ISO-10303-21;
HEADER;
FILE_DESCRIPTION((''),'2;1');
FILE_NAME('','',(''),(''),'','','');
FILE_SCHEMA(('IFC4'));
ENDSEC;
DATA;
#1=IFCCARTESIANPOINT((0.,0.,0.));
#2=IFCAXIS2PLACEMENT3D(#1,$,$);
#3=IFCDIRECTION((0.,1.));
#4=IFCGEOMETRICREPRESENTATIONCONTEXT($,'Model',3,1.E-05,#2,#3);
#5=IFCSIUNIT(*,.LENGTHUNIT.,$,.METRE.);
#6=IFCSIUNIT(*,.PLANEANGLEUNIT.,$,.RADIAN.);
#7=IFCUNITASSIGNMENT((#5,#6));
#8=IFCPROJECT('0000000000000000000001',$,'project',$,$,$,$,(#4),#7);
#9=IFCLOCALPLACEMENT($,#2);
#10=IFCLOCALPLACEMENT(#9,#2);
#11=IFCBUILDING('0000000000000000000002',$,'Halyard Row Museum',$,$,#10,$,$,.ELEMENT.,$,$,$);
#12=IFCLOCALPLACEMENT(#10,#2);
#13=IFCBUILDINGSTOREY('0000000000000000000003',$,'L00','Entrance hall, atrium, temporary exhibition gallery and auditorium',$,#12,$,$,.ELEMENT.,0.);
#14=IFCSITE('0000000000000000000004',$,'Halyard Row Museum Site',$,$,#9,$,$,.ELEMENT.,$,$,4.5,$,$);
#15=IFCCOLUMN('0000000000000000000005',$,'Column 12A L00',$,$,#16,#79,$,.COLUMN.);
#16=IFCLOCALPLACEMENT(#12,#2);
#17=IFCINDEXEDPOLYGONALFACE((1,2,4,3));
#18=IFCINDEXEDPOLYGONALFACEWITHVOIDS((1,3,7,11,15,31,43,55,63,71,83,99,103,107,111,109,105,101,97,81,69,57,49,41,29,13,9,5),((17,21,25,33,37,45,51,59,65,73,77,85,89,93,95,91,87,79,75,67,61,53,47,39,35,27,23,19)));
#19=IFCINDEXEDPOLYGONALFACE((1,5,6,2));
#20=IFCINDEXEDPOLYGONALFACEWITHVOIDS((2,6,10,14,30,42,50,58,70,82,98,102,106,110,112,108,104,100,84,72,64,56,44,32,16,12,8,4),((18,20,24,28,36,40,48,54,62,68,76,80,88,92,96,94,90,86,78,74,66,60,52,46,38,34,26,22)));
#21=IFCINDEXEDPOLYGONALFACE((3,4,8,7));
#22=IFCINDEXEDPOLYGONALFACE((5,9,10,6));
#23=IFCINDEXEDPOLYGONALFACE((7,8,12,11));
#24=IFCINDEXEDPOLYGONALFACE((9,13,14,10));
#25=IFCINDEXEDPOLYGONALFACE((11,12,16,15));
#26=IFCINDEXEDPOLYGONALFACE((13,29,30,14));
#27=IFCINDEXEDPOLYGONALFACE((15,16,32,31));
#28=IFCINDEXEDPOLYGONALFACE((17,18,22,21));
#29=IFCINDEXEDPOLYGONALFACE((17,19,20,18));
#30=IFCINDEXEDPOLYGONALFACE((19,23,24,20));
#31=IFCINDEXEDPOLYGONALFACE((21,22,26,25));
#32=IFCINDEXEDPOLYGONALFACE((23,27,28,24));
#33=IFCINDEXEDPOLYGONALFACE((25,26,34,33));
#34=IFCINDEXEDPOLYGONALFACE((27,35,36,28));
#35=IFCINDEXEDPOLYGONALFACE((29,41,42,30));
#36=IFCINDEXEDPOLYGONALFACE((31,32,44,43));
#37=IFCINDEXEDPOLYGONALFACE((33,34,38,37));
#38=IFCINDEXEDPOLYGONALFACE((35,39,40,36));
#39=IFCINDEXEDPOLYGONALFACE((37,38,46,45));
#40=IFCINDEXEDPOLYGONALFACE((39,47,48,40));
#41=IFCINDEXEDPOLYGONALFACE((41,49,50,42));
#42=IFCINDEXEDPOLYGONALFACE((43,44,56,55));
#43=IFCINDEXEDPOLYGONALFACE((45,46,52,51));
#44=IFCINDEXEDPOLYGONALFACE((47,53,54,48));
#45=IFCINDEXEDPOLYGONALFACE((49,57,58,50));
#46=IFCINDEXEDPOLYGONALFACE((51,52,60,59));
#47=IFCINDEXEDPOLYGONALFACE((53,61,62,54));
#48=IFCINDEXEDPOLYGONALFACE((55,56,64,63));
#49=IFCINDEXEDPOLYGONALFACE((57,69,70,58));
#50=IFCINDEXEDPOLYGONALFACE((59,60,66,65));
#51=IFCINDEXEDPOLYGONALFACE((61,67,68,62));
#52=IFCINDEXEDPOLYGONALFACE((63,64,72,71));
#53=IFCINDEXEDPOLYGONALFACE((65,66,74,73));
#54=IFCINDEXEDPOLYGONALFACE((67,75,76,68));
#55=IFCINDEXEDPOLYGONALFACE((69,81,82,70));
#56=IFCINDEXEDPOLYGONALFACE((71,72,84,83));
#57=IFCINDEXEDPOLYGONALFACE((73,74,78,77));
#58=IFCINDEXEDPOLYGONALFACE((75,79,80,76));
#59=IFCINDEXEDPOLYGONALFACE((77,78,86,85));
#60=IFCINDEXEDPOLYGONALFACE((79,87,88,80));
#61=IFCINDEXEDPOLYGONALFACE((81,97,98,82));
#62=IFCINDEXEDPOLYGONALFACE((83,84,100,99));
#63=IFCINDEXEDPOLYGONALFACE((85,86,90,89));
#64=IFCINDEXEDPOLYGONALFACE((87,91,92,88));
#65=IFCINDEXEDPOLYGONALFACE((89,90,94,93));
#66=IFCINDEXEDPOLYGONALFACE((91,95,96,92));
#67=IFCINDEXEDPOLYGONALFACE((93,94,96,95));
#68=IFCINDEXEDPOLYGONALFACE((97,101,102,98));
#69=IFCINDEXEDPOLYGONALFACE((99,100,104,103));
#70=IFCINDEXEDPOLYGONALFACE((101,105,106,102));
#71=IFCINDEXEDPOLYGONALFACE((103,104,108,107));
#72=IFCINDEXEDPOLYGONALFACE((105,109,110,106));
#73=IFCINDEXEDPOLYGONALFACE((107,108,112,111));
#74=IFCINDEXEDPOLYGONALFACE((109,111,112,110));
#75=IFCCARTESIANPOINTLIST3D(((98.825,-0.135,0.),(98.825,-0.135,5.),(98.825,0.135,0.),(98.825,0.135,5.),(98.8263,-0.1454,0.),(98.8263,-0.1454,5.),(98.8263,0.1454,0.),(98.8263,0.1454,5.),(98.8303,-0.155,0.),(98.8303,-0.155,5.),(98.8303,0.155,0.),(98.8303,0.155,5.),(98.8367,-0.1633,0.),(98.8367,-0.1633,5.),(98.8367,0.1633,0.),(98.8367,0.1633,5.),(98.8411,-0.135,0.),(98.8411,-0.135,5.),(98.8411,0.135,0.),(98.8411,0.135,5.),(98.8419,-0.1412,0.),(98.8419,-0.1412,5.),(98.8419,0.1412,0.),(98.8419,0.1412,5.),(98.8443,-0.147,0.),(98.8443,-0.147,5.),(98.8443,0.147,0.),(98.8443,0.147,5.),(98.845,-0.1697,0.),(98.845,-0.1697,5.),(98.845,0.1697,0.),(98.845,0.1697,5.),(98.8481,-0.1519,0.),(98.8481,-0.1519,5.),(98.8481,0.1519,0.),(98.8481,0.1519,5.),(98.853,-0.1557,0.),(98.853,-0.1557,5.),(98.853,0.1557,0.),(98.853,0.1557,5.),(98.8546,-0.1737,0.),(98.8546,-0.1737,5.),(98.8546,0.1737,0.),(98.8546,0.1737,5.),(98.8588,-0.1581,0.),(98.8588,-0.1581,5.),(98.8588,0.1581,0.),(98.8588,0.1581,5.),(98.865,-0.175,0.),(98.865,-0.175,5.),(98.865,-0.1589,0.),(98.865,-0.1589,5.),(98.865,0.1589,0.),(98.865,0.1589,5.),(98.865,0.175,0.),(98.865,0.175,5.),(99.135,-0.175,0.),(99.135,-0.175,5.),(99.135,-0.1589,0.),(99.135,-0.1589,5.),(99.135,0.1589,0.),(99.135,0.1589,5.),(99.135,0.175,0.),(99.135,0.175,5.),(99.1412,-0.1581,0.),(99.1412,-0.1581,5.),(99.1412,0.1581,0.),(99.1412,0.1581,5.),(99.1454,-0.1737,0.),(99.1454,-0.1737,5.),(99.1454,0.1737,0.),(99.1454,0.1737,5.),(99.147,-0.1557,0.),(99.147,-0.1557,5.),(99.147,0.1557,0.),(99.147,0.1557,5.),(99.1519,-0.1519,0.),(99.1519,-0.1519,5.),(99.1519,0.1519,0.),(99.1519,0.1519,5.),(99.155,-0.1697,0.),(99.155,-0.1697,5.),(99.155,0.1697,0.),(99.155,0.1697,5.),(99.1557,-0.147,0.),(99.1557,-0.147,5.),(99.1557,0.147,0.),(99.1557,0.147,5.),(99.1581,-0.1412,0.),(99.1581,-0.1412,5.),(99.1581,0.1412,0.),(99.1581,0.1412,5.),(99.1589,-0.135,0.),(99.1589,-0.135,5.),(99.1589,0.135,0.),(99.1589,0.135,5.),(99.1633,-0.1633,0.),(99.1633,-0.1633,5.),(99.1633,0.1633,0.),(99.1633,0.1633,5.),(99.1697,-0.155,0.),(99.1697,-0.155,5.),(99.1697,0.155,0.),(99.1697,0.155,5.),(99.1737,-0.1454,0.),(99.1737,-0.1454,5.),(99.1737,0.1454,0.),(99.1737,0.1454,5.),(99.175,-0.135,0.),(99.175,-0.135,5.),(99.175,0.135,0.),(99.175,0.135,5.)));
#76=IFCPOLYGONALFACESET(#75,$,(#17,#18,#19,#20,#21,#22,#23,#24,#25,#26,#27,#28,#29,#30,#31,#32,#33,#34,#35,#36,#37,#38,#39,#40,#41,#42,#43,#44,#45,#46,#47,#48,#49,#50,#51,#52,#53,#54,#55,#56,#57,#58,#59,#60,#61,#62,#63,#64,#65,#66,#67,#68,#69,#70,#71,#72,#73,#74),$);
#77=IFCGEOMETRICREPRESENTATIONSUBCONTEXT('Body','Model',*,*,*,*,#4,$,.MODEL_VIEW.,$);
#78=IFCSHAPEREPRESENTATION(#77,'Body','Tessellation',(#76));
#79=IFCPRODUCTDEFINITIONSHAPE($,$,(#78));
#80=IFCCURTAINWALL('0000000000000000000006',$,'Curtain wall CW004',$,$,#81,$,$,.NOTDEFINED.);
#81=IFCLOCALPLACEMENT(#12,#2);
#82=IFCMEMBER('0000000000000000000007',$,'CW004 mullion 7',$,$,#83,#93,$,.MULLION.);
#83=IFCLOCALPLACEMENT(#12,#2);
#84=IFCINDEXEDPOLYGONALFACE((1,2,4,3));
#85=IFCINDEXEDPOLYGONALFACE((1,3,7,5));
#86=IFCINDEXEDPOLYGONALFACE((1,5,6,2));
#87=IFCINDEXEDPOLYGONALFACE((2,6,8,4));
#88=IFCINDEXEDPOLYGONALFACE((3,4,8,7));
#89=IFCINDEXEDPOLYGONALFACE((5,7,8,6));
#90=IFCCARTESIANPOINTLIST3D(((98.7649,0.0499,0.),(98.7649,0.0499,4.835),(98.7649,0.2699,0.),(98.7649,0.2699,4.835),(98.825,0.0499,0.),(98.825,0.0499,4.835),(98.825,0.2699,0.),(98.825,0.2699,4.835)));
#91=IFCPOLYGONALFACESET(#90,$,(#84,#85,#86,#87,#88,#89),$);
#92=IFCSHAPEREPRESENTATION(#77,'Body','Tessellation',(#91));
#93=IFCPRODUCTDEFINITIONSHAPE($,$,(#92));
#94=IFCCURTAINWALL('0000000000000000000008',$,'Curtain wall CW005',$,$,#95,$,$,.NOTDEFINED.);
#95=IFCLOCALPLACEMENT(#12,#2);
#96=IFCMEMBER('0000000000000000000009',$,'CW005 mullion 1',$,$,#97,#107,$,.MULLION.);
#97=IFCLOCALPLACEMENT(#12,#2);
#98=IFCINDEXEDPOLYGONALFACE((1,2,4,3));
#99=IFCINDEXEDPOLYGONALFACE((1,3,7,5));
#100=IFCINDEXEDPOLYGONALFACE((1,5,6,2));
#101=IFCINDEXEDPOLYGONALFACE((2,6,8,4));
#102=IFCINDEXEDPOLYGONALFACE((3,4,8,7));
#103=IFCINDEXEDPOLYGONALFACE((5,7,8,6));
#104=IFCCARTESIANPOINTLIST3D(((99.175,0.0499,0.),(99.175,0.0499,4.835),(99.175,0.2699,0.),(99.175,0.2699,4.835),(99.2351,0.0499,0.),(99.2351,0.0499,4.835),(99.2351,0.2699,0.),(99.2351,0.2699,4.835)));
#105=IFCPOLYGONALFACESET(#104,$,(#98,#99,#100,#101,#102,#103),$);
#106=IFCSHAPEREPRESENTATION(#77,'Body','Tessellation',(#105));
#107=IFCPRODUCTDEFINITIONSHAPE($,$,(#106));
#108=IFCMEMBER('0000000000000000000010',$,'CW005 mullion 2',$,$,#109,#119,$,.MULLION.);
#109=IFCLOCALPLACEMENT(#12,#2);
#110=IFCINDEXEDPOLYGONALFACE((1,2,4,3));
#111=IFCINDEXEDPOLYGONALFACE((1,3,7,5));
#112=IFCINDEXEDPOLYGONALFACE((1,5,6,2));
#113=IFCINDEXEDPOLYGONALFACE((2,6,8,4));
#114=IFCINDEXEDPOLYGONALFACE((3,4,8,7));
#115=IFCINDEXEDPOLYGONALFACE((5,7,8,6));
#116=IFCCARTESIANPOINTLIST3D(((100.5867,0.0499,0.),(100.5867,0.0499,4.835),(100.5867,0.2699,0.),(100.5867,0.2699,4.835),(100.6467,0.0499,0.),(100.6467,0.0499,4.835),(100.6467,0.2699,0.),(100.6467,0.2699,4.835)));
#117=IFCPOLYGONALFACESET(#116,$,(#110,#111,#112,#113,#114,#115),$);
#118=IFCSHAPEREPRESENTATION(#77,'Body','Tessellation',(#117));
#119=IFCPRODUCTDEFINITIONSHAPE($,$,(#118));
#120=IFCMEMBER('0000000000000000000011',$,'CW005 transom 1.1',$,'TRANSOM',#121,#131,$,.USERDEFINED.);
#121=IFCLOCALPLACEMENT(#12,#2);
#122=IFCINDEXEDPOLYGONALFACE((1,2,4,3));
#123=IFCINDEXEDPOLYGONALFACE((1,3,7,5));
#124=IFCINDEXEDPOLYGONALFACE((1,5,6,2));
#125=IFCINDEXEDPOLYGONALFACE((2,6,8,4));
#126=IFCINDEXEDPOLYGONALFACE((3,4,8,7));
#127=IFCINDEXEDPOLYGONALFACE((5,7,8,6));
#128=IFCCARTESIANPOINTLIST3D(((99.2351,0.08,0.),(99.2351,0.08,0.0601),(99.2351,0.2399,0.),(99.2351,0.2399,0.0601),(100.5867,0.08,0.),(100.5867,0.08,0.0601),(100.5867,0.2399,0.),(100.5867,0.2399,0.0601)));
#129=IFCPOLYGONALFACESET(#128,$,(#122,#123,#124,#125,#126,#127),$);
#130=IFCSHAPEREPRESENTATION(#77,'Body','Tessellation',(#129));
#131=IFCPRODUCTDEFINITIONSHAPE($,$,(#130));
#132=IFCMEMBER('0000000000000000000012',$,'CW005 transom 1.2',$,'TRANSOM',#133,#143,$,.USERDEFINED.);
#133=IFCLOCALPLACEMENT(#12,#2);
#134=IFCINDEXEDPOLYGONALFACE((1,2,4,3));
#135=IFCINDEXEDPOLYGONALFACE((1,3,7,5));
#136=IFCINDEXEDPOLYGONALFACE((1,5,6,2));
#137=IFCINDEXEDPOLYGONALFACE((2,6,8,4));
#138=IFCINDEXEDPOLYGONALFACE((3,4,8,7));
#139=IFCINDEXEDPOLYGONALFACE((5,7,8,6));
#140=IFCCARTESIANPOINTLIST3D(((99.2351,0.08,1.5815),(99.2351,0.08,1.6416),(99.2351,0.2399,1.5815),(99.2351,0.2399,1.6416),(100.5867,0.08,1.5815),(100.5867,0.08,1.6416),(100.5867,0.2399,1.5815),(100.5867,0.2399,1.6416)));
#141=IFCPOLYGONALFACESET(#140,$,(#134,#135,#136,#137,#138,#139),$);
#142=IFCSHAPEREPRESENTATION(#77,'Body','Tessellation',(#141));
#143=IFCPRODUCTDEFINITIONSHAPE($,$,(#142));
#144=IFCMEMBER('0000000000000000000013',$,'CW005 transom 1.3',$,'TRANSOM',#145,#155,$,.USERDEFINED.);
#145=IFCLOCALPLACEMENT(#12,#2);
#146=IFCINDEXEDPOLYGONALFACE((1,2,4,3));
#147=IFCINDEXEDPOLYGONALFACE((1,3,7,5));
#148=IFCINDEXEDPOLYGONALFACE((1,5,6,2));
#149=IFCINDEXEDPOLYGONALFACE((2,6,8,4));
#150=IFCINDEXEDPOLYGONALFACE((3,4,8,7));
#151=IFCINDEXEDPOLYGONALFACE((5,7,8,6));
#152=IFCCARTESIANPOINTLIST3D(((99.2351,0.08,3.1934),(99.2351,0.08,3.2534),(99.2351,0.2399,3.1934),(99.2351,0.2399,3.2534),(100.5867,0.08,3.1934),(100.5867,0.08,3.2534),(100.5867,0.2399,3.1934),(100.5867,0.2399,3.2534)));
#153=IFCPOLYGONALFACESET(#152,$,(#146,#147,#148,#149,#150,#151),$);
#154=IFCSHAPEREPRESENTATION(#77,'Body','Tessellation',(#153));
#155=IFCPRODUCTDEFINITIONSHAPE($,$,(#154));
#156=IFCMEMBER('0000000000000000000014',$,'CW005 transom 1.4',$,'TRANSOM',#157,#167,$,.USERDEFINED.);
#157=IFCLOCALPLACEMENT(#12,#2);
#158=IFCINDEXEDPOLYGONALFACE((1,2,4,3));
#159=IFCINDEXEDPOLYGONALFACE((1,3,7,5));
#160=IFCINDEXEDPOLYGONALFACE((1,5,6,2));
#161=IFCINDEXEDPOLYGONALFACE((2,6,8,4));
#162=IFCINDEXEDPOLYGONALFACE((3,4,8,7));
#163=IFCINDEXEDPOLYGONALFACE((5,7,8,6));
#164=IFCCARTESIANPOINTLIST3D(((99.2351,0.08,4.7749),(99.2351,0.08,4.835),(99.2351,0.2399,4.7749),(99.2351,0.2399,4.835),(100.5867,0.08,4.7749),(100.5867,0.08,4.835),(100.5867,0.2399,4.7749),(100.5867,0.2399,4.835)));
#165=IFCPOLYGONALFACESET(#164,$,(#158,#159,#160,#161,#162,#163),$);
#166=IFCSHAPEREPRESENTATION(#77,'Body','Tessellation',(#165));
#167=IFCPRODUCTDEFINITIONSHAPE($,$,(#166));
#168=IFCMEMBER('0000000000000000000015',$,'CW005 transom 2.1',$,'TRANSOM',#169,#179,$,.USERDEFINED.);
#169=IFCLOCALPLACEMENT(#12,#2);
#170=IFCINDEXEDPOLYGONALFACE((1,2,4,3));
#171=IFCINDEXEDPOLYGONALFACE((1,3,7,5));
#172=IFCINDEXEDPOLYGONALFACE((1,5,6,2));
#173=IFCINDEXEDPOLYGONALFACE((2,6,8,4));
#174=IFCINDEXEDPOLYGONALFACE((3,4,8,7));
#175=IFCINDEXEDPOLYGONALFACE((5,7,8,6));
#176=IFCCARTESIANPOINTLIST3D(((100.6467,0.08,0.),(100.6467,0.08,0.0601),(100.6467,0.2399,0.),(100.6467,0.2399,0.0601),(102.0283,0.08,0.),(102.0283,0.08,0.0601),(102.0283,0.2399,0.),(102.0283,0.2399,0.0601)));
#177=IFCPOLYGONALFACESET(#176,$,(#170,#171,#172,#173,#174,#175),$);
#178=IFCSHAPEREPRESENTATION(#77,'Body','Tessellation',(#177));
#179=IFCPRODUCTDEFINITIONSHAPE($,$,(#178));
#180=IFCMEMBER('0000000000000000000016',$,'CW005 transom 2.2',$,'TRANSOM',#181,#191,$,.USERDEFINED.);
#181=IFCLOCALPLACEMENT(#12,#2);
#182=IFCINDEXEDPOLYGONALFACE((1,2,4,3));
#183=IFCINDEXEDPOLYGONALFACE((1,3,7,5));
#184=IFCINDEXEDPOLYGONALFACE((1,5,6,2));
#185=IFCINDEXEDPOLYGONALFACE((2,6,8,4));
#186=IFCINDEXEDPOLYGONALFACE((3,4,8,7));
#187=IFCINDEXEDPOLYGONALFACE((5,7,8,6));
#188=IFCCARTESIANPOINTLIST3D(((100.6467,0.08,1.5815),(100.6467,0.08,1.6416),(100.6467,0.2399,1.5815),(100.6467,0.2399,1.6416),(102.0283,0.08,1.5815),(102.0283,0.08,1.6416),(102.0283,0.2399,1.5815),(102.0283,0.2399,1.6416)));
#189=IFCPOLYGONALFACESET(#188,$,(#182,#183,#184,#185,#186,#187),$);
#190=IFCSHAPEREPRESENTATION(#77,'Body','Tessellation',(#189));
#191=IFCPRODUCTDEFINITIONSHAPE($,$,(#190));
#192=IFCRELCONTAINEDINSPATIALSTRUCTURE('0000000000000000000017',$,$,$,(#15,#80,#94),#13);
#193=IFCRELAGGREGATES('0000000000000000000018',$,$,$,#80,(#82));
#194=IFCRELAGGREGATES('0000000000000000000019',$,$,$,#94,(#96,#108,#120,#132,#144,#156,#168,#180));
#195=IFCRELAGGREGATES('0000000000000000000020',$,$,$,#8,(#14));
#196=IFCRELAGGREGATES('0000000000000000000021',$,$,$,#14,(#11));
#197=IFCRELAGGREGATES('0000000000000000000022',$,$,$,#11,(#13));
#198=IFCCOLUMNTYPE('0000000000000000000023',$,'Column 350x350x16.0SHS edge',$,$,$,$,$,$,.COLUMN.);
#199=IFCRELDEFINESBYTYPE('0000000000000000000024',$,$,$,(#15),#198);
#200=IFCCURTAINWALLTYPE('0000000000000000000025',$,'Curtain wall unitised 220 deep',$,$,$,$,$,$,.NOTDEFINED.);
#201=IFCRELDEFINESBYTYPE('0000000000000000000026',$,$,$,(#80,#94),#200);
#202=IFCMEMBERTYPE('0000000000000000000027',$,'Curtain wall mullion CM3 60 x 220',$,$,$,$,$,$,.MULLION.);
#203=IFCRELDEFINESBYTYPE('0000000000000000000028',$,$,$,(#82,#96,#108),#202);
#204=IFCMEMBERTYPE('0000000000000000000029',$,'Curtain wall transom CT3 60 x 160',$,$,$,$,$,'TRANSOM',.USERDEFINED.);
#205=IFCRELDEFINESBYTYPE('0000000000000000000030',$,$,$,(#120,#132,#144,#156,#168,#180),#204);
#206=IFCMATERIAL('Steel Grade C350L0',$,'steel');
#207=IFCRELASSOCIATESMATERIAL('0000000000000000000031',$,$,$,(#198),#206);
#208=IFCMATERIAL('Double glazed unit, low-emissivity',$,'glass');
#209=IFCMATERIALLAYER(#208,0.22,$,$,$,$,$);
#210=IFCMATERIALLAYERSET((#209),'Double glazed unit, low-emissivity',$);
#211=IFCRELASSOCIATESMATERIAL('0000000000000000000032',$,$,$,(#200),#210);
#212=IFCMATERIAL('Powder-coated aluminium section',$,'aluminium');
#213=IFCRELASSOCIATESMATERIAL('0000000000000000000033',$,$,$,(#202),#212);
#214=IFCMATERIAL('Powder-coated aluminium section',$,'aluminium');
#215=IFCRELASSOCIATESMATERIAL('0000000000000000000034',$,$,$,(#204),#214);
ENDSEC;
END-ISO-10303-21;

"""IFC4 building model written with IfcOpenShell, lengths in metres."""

from ifc_helpers import new_model, si_unit, direction, frame, origin, origin_2d, place, context, subcontext, project, spatial, rectangle, hollow_rectangle, extrude, material, layer, layer_set, material_profile, profile_set, type_object, element, aggregate, save


model = new_model("IFC4")

# Units and contexts
model_context = context("Model", 3, precision=1e-05, world=origin(), true_north=direction((0.0, 1.0)))
body_context = subcontext(model_context, "Body", "Model", "MODEL_VIEW")
ifc_project = project(units=[si_unit("LENGTHUNIT", "METRE"), si_unit("PLANEANGLEUNIT", "RADIAN")], contexts=[model_context])

# Site, building, storey
site_placement = place(None, origin())
site = spatial("IfcSite", under=ifc_project, at=site_placement, Name="Halyard Row Museum Site", CompositionType="ELEMENT", RefElevation=4.5)
building_placement = place(site_placement, origin())
building = spatial("IfcBuilding", under=site, at=building_placement, Name="Halyard Row Museum", CompositionType="ELEMENT")
storey_placement = place(building_placement, origin())
storey = spatial("IfcBuildingStorey", under=building, at=storey_placement, Name="L00", Description="Entrance hall, atrium, temporary exhibition gallery and auditorium", CompositionType="ELEMENT", Elevation=0.0)

# Column
ifc_material_1 = material(Name="Steel Grade C350L0", Category="steel")
ifc_material_profile_1 = material_profile(ifc_material_1, hollow_rectangle(XDim=0.3501, YDim=0.3501, WallThickness=0.0161, InnerFilletRadius=0.0239, OuterFilletRadius=0.04, at=origin_2d()), Name="350x350x16.0SHS")
ifc_profile_set_1 = profile_set([ifc_material_profile_1], Name="Steel Grade C350L0")
column_type = type_object("IfcColumnType", Name="Column 350x350x16.0SHS edge", PredefinedType="COLUMN", material=ifc_profile_set_1)
column_placement = place(storey_placement, frame((99.0, 0.0, 0.0), z_axis=(0.0, 0.0, 1.0), x_axis=(1.0, 0.0, 0.0)))
element("IfcColumn", 1, at=column_placement, inside=storey, type_object=column_type, Name="Column 12A L00", PredefinedType="COLUMN", context=body_context, shape_type="SweptSolid", body=[
    extrude(hollow_rectangle(XDim=0.3501, YDim=0.3501, WallThickness=0.0161, InnerFilletRadius=0.0239, OuterFilletRadius=0.04, at=origin_2d()), origin(), (0.0, 0.0, 1.0), 5.0),
])

# Curtain wall, member
ifc_material_2 = material(Name="Double glazed unit, low-emissivity", Category="glass")
ifc_layer_1 = layer(ifc_material_2, 0.22)
ifc_layer_set_1 = layer_set([ifc_layer_1], Name="Double glazed unit, low-emissivity")
curtain_wall_type = type_object("IfcCurtainWallType", Name="Curtain wall unitised 220 deep", PredefinedType="NOTDEFINED", material=ifc_layer_set_1)
curtain_wall_1_placement = place(storey_placement, origin())
curtain_wall_1 = element("IfcCurtainWall", 2, at=curtain_wall_1_placement, inside=storey, type_object=curtain_wall_type, Name="Curtain wall CW004", PredefinedType="NOTDEFINED")
ifc_material_3 = material(Name="Powder-coated aluminium section", Category="aluminium")
ifc_material_profile_2 = material_profile(ifc_material_3, rectangle(XDim=0.22, YDim=0.0601, at=origin_2d()), Name="220x60 mullion")
ifc_profile_set_2 = profile_set([ifc_material_profile_2], Name="Powder-coated aluminium section")
member_type_1 = type_object("IfcMemberType", Name="Curtain wall mullion CM3 60 x 220", PredefinedType="MULLION", material=ifc_profile_set_2)
member_1_placement = place(storey_placement, frame((98.7949, 0.1599, 0.0), z_axis=(0.0, 0.0, 1.0), x_axis=(0.0, 1.0, 0.0)))
member_1 = element("IfcMember", 3, at=member_1_placement, type_object=member_type_1, Name="CW004 mullion 7", PredefinedType="MULLION", context=body_context, shape_type="SweptSolid", body=[
    extrude(rectangle(XDim=0.22, YDim=0.0601, at=origin_2d()), origin(), (0.0, 0.0, 1.0), 4.835),
])

# Curtain wall, members
curtain_wall_2_placement = place(storey_placement, origin())
curtain_wall_2 = element("IfcCurtainWall", 4, at=curtain_wall_2_placement, inside=storey, type_object=curtain_wall_type, Name="Curtain wall CW005", PredefinedType="NOTDEFINED")
member_2_placement = place(storey_placement, frame((99.2051, 0.1599, 0.0), z_axis=(0.0, 0.0, 1.0), x_axis=(0.0, 1.0, 0.0)))
member_2 = element("IfcMember", 5, at=member_2_placement, type_object=member_type_1, Name="CW005 mullion 1", PredefinedType="MULLION", context=body_context, shape_type="SweptSolid", body=[
    extrude(rectangle(XDim=0.22, YDim=0.0601, at=origin_2d()), origin(), (0.0, 0.0, 1.0), 4.835),
])
member_3_placement = place(storey_placement, frame((100.6167, 0.1599, 0.0), z_axis=(0.0, 0.0, 1.0), x_axis=(0.0, 1.0, 0.0)))
member_3 = element("IfcMember", 6, at=member_3_placement, type_object=member_type_1, Name="CW005 mullion 2", PredefinedType="MULLION", context=body_context, shape_type="SweptSolid", body=[
    extrude(rectangle(XDim=0.22, YDim=0.0601, at=origin_2d()), origin(), (0.0, 0.0, 1.0), 4.835),
])
ifc_material_4 = material(Name="Powder-coated aluminium section", Category="aluminium")
ifc_material_profile_3 = material_profile(ifc_material_4, rectangle(XDim=0.1599, YDim=0.0601, at=origin_2d()), Name="160x60 transom")
ifc_profile_set_3 = profile_set([ifc_material_profile_3], Name="Powder-coated aluminium section")
member_type_2 = type_object("IfcMemberType", Name="Curtain wall transom CT3 60 x 160", ElementType="TRANSOM", PredefinedType="USERDEFINED", material=ifc_profile_set_3)
member_4_placement = place(storey_placement, frame((99.2351, 0.1599, 0.03), z_axis=(1.0, 0.0, 0.0), x_axis=(0.0, 1.0, 0.0)))
member_4 = element("IfcMember", 7, at=member_4_placement, type_object=member_type_2, Name="CW005 transom 1.1", ObjectType="TRANSOM", PredefinedType="USERDEFINED", context=body_context, shape_type="SweptSolid", body=[
    extrude(rectangle(XDim=0.1599, YDim=0.0601, at=origin_2d()), origin(), (0.0, 0.0, 1.0), 1.3516),
])
member_5_placement = place(storey_placement, frame((99.2351, 0.1599, 1.6116), z_axis=(1.0, 0.0, 0.0), x_axis=(0.0, 1.0, 0.0)))
member_5 = element("IfcMember", 8, at=member_5_placement, type_object=member_type_2, Name="CW005 transom 1.2", ObjectType="TRANSOM", PredefinedType="USERDEFINED", context=body_context, shape_type="SweptSolid", body=[
    extrude(rectangle(XDim=0.1599, YDim=0.0601, at=origin_2d()), origin(), (0.0, 0.0, 1.0), 1.3516),
])
member_6_placement = place(storey_placement, frame((99.2351, 0.1599, 3.2234), z_axis=(1.0, 0.0, 0.0), x_axis=(0.0, 1.0, 0.0)))
member_6 = element("IfcMember", 9, at=member_6_placement, type_object=member_type_2, Name="CW005 transom 1.3", ObjectType="TRANSOM", PredefinedType="USERDEFINED", context=body_context, shape_type="SweptSolid", body=[
    extrude(rectangle(XDim=0.1599, YDim=0.0601, at=origin_2d()), origin(), (0.0, 0.0, 1.0), 1.3516),
])
member_7_placement = place(storey_placement, frame((99.2351, 0.1599, 4.8049), z_axis=(1.0, 0.0, 0.0), x_axis=(0.0, 1.0, 0.0)))
member_7 = element("IfcMember", 10, at=member_7_placement, type_object=member_type_2, Name="CW005 transom 1.4", ObjectType="TRANSOM", PredefinedType="USERDEFINED", context=body_context, shape_type="SweptSolid", body=[
    extrude(rectangle(XDim=0.1599, YDim=0.0601, at=origin_2d()), origin(), (0.0, 0.0, 1.0), 1.3516),
])
member_8_placement = place(storey_placement, frame((100.6467, 0.1599, 0.03), z_axis=(1.0, 0.0, 0.0), x_axis=(0.0, 1.0, 0.0)))
member_8 = element("IfcMember", 11, at=member_8_placement, type_object=member_type_2, Name="CW005 transom 2.1", ObjectType="TRANSOM", PredefinedType="USERDEFINED", context=body_context, shape_type="SweptSolid", body=[
    extrude(rectangle(XDim=0.1599, YDim=0.0601, at=origin_2d()), origin(), (0.0, 0.0, 1.0), 1.3816),
])
member_9_placement = place(storey_placement, frame((100.6467, 0.1599, 1.6116), z_axis=(1.0, 0.0, 0.0), x_axis=(0.0, 1.0, 0.0)))
member_9 = element("IfcMember", 12, at=member_9_placement, type_object=member_type_2, Name="CW005 transom 2.2", ObjectType="TRANSOM", PredefinedType="USERDEFINED", context=body_context, shape_type="SweptSolid", body=[
    extrude(rectangle(XDim=0.1599, YDim=0.0601, at=origin_2d()), origin(), (0.0, 0.0, 1.0), 1.3816),
])

aggregate(curtain_wall_1, [member_1])
aggregate(curtain_wall_2, [member_2, member_3, member_4, member_5, member_6, member_7, member_8, member_9])

save(model, "model.ifc")
